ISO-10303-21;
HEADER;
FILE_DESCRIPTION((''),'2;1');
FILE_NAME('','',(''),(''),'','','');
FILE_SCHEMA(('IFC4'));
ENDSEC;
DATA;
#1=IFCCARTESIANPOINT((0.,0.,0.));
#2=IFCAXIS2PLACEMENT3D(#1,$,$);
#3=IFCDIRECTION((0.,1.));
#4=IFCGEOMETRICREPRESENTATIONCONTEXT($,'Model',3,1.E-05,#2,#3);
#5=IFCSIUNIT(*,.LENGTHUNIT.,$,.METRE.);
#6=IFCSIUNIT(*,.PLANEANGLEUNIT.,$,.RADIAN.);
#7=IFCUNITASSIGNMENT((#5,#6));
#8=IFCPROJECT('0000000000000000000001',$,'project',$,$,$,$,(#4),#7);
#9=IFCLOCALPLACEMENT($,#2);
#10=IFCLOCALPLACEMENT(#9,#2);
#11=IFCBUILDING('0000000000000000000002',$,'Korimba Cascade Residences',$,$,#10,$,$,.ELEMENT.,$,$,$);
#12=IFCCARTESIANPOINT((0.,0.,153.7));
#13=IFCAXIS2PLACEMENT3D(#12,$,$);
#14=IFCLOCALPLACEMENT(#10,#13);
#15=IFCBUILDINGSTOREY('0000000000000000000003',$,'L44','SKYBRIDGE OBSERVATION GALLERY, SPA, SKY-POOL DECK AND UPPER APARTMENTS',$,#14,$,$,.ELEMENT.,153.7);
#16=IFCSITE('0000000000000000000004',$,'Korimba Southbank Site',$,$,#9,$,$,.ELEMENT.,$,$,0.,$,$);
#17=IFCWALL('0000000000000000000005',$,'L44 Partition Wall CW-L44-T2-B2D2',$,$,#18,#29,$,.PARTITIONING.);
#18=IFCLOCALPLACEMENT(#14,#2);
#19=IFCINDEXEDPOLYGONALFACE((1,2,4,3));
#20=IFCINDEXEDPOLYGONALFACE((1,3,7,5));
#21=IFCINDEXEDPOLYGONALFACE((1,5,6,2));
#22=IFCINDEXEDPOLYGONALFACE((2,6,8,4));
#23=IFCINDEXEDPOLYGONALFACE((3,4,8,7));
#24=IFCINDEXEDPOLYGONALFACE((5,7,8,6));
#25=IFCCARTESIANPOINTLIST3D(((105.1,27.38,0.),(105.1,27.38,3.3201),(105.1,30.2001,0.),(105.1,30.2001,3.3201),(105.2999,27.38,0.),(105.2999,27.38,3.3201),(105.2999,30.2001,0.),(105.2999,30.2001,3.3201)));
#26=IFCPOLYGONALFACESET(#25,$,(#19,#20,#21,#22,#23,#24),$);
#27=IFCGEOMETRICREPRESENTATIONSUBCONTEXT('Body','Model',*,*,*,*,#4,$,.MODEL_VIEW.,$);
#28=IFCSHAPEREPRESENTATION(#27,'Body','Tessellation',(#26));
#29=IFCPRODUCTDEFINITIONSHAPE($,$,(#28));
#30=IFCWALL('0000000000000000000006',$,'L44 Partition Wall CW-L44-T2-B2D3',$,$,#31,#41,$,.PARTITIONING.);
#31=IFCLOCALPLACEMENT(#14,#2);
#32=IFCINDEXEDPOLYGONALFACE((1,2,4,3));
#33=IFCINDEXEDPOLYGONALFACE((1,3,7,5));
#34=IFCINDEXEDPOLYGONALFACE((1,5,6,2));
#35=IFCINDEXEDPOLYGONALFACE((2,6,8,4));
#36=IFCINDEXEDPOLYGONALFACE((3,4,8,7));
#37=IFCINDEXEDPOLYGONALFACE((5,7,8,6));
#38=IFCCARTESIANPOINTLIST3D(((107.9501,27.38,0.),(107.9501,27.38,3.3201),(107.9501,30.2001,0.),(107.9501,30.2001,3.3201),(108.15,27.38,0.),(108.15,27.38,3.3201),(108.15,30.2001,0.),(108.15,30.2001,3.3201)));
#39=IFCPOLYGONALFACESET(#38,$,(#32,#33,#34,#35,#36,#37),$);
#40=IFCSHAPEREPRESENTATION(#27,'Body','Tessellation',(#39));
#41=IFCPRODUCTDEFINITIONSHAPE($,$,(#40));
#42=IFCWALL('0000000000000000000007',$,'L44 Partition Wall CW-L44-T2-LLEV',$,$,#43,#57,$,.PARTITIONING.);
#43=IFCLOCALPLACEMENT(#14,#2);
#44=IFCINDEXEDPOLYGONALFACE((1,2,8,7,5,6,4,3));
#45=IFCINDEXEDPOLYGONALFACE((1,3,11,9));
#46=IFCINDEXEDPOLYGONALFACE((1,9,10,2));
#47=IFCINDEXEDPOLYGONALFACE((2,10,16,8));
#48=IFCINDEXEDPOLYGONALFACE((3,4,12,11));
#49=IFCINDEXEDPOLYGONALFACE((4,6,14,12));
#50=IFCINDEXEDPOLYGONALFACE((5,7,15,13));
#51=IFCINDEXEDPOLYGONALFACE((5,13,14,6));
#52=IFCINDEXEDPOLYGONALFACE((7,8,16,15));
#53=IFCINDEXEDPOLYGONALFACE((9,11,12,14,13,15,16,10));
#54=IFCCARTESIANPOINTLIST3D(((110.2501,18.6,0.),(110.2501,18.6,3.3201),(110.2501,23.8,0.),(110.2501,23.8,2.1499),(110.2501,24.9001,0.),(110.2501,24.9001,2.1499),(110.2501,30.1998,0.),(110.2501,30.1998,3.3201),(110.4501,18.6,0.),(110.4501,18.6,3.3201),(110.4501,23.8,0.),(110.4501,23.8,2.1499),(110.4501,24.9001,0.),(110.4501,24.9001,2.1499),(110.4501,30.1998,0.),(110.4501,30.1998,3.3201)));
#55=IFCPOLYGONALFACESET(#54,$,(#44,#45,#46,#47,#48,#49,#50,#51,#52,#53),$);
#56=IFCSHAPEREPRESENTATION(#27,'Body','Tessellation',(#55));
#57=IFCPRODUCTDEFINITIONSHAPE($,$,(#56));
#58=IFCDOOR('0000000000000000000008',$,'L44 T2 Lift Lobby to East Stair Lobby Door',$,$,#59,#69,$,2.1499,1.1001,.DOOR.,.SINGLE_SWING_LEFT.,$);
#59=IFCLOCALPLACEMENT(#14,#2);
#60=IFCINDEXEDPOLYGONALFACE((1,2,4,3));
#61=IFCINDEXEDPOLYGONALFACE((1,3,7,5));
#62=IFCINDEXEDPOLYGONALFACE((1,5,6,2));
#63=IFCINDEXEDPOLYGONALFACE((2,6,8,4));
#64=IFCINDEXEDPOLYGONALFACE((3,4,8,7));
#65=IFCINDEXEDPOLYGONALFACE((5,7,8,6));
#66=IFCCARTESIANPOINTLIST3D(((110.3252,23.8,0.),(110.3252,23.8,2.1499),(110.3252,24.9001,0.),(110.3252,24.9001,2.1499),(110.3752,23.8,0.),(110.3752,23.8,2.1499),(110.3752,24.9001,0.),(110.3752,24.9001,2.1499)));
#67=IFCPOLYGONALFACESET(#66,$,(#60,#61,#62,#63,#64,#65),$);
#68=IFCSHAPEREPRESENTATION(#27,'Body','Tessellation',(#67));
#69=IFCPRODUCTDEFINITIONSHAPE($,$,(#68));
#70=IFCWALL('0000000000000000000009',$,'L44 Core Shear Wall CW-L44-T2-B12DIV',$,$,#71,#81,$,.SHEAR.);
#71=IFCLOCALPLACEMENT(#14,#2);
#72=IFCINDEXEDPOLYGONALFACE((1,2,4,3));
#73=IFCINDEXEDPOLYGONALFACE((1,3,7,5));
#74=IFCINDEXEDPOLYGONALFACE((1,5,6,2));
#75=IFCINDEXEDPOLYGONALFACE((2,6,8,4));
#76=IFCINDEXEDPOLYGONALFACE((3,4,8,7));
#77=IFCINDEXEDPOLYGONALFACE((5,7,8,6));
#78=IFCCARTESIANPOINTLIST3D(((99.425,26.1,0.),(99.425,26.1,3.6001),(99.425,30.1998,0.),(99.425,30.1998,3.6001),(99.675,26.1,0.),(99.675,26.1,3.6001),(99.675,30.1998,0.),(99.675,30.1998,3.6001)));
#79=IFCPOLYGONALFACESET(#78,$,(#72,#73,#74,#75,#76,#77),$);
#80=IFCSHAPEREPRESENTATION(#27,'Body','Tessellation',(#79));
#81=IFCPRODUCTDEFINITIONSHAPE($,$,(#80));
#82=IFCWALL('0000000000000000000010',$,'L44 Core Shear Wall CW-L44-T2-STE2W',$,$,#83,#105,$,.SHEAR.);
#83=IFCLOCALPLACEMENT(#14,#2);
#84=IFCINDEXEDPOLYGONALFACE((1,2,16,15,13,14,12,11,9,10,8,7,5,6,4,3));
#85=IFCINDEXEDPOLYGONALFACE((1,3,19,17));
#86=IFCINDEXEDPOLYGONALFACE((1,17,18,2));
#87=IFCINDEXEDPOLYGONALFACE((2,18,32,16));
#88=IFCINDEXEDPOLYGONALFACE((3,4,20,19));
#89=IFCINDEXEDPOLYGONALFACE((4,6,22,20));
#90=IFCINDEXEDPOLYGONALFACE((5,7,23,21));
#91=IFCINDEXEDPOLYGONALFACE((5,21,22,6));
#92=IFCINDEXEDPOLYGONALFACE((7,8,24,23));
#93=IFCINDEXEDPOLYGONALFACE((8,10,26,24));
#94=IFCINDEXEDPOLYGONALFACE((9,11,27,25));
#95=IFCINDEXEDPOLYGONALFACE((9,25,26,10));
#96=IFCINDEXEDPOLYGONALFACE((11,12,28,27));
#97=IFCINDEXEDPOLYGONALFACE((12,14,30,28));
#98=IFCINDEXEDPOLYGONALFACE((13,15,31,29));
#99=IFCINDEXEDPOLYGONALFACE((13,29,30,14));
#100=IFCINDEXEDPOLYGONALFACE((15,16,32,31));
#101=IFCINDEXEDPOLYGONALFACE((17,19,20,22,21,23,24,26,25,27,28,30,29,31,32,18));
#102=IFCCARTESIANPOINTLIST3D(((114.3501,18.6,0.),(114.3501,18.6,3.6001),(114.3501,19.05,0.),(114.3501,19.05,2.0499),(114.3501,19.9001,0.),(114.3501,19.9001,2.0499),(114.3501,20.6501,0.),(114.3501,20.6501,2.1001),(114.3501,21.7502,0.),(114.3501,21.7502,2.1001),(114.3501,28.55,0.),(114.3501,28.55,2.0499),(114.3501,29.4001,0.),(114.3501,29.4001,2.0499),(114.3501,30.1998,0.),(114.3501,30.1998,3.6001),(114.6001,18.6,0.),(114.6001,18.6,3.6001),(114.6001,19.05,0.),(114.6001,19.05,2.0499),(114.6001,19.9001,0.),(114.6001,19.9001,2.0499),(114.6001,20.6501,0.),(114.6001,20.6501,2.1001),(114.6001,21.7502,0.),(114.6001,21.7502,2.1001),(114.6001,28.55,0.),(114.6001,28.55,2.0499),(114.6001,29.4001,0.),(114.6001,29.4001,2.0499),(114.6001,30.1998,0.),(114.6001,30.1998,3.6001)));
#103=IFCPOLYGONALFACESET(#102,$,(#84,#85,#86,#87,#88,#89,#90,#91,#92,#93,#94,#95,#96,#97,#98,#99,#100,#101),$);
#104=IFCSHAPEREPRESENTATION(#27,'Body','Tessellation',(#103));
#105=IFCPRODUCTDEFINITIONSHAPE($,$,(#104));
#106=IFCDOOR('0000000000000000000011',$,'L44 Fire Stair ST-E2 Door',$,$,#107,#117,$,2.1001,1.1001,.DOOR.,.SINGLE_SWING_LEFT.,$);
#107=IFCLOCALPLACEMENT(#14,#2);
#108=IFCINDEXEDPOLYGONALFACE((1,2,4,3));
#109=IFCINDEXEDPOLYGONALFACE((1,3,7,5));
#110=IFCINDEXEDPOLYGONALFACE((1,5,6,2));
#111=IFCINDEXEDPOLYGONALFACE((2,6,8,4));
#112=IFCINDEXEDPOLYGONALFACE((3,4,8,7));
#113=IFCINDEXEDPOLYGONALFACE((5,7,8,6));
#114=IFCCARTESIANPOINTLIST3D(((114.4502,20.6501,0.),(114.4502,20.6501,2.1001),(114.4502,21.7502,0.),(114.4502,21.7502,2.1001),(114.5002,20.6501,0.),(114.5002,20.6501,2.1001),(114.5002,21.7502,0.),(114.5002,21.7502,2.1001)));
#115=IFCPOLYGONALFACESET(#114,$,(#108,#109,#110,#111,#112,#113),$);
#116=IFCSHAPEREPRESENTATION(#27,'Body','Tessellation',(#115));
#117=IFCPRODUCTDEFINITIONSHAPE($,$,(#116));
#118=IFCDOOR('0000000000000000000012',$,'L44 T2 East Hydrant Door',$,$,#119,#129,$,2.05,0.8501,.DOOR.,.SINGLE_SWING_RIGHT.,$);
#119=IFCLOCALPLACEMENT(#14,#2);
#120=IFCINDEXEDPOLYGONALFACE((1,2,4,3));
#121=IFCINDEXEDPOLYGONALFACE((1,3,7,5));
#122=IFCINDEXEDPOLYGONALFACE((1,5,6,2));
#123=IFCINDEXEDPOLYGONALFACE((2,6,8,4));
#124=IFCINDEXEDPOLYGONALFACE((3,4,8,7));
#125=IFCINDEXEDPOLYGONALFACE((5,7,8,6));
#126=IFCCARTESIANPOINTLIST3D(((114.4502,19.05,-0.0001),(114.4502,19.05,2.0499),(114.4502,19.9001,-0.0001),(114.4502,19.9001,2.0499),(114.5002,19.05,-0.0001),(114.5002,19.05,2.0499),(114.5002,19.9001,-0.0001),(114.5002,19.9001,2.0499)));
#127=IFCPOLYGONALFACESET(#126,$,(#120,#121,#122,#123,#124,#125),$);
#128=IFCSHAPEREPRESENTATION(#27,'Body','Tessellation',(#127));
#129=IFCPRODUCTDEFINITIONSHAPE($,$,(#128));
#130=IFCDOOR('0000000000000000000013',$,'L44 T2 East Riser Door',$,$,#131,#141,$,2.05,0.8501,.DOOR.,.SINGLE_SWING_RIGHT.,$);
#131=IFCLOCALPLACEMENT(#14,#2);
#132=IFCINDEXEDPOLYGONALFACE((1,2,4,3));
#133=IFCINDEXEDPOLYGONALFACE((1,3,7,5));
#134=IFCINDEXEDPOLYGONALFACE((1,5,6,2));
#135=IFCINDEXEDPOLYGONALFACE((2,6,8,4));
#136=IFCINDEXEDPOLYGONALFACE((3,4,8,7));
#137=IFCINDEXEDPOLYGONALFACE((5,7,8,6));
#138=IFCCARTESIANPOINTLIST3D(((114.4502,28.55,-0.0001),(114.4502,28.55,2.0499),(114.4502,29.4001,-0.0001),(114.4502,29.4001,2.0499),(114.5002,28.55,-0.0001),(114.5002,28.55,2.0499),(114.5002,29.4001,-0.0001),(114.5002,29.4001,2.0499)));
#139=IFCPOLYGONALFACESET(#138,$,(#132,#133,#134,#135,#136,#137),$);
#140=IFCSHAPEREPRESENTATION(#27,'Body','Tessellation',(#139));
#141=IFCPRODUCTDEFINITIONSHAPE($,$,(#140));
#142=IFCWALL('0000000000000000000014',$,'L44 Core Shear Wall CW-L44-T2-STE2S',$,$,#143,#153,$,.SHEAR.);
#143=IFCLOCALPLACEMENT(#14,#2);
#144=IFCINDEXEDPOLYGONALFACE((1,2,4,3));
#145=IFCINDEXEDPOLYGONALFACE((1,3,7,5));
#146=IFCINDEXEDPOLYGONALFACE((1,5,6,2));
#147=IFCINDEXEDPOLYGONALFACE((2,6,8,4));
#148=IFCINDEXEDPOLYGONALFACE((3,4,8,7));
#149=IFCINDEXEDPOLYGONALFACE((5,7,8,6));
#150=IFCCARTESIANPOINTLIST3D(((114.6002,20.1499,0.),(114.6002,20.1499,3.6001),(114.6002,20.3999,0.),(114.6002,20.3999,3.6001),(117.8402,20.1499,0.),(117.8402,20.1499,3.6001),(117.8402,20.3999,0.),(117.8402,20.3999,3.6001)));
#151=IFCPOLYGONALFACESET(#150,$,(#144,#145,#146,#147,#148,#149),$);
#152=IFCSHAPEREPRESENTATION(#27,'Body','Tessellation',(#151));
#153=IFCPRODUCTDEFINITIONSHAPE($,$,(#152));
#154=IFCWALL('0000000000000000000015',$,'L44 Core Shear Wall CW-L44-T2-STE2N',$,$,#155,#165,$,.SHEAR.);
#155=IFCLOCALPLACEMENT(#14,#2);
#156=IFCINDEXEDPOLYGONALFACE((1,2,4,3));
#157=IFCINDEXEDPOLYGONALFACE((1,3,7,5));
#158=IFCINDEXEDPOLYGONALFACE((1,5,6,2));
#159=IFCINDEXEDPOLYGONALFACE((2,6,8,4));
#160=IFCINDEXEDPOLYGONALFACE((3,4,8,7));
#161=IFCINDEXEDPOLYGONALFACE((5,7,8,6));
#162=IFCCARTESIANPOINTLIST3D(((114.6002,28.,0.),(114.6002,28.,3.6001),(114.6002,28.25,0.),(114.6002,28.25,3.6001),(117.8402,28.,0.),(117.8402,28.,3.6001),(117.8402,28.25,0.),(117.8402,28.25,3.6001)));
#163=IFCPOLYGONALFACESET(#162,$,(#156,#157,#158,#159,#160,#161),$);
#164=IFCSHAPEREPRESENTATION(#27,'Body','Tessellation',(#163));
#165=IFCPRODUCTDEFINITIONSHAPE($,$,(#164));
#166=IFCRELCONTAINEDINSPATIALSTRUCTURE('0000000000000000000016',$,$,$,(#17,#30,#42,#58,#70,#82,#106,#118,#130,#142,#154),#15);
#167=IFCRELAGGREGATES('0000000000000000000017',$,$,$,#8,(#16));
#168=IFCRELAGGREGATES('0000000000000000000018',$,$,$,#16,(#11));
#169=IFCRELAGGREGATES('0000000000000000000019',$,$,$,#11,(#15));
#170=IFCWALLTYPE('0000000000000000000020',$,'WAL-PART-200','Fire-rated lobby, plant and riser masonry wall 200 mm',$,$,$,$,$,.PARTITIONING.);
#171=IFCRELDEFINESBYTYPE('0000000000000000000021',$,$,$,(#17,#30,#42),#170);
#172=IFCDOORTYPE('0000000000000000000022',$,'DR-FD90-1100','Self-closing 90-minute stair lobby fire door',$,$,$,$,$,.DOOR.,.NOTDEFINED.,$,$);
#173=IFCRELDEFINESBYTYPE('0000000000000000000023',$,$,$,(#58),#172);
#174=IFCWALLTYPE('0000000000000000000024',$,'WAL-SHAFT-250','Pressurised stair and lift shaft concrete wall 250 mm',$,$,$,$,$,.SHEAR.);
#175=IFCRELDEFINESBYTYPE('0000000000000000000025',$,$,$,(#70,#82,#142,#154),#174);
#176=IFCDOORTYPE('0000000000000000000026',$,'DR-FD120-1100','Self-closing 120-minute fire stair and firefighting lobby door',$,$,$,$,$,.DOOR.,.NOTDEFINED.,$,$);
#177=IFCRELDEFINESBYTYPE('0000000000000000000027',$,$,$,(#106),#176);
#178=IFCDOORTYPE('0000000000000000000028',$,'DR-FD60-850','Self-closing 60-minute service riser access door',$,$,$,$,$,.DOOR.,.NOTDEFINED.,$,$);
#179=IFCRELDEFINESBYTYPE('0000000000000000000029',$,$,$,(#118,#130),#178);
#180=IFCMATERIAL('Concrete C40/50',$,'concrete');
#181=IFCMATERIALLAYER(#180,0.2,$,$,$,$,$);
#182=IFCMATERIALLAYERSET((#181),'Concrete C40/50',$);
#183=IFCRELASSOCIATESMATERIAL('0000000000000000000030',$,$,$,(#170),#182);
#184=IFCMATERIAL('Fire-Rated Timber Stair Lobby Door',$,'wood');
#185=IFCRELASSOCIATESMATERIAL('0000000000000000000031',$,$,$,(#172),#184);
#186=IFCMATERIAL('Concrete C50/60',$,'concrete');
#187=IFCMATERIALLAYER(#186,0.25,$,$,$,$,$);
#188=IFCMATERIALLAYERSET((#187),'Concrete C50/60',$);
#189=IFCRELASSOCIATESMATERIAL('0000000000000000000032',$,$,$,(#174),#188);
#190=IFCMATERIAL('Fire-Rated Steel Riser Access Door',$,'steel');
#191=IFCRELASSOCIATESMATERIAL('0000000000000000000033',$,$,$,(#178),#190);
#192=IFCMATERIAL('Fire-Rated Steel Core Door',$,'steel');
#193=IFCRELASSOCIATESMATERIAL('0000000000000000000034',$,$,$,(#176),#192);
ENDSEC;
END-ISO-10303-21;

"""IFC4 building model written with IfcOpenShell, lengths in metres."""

from ifc_helpers import new_model, si_unit, direction, frame, frame_2d, origin, place, context, subcontext, project, spatial, rectangle, extrude, material, layer, layer_set, type_object, element, fill, save


model = new_model("IFC4")

# Units and contexts
model_context = context("Model", 3, precision=1e-05, world=origin(), true_north=direction((0.0, 1.0)))
body_context = subcontext(model_context, "Body", "Model", "MODEL_VIEW")
ifc_project = project(units=[si_unit("LENGTHUNIT", "METRE"), si_unit("PLANEANGLEUNIT", "RADIAN")], contexts=[model_context])

# Site, building, storey
site_placement = place(None, origin())
site = spatial("IfcSite", under=ifc_project, at=site_placement, Name="Korimba Southbank Site", CompositionType="ELEMENT", RefElevation=0.0)
building_placement = place(site_placement, origin())
building = spatial("IfcBuilding", under=site, at=building_placement, Name="Korimba Cascade Residences", CompositionType="ELEMENT")
storey_placement = place(building_placement, frame((0.0, 0.0, 153.7)))
storey = spatial("IfcBuildingStorey", under=building, at=storey_placement, Name="L44", Description="SKYBRIDGE OBSERVATION GALLERY, SPA, SKY-POOL DECK AND UPPER APARTMENTS", CompositionType="ELEMENT", Elevation=153.7)

# Walls
ifc_material_1 = material(Name="Concrete C40/50", Category="concrete")
ifc_layer_1 = layer(ifc_material_1, 0.2)
ifc_layer_set_1 = layer_set([ifc_layer_1], Name="Concrete C40/50")
wall_type_1 = type_object("IfcWallType", Name="WAL-PART-200", Description="Fire-rated lobby, plant and riser masonry wall 200 mm", PredefinedType="PARTITIONING", material=ifc_layer_set_1)
for number, where, z_axis, x_axis, name in (
    (1, (105.2, 27.3799, 0.0), (0.0, 0.0, 1.0), (0.0, 1.0, 0.0), "L44 Partition Wall CW-L44-T2-B2D2"),
    (2, (108.05, 27.3799, 0.0), (0.0, 0.0, 1.0), (0.0, 1.0, 0.0), "L44 Partition Wall CW-L44-T2-B2D3"),
):
    element("IfcWall", number, at=place(storey_placement, frame(where, z_axis=z_axis, x_axis=x_axis)), inside=storey, type_object=wall_type_1, Name=name, PredefinedType="PARTITIONING", context=body_context, shape_type="SweptSolid", body=[
        extrude(rectangle(XDim=2.8201, YDim=0.2, at=frame_2d((1.4102, 0.0))), origin(), (0.0, 0.0, 1.0), 3.3201),
    ])

# Wall, opening, door
wall_1_placement = place(storey_placement, frame((110.3501, 18.6001, 0.0), z_axis=(0.0, 0.0, 1.0), x_axis=(0.0, 1.0, 0.0)))
wall_1 = element("IfcWall", 3, at=wall_1_placement, inside=storey, type_object=wall_type_1, Name="L44 Partition Wall CW-L44-T2-LLEV", PredefinedType="PARTITIONING", context=body_context, shape_type="SweptSolid", body=[
    extrude(rectangle(XDim=11.5999, YDim=0.2, at=frame_2d((5.7998, 0.0))), origin(), (0.0, 0.0, 1.0), 3.3201),
])
opening_1_placement = place(wall_1_placement, frame((5.2, 0.0, 0.0)))
opening_1 = element("IfcOpeningElement", 4, at=opening_1_placement, cuts=wall_1, PredefinedType="OPENING", context=body_context, shape_type="SweptSolid", body=[
    extrude(rectangle(XDim=1.1001, YDim=2.1499, at=frame_2d((0.55, 1.075))), frame((0.0, 0.1099, 0.0), z_axis=(0.0, -1.0, 0.0), x_axis=(1.0, 0.0, 0.0)), (0.0, 0.0, 1.0), 0.22),
])
ifc_material_2 = material(Name="Fire-Rated Timber Stair Lobby Door", Category="wood")
door_type_1 = type_object("IfcDoorType", Name="DR-FD90-1100", Description="Self-closing 90-minute stair lobby fire door", OperationType="NOTDEFINED", PredefinedType="DOOR", material=ifc_material_2)
door_1_placement = place(opening_1_placement, origin())
door_1 = element("IfcDoor", 5, at=door_1_placement, inside=storey, type_object=door_type_1, Name="L44 T2 Lift Lobby to East Stair Lobby Door", OperationType="SINGLE_SWING_LEFT", OverallHeight=2.1499, OverallWidth=1.1001, PredefinedType="DOOR", context=body_context, shape_type="SweptSolid", body=[
    extrude(rectangle(XDim=1.1001, YDim=2.1499, at=frame_2d((0.55, 1.075))), frame((0.0, 0.0249, 0.0), z_axis=(0.0, -1.0, 0.0), x_axis=(1.0, 0.0, 0.0)), (0.0, 0.0, 1.0), 0.05),
])
fill(opening_1, door_1)

# Wall
ifc_material_3 = material(Name="Concrete C50/60", Category="concrete")
ifc_layer_2 = layer(ifc_material_3, 0.25)
ifc_layer_set_2 = layer_set([ifc_layer_2], Name="Concrete C50/60")
wall_type_2 = type_object("IfcWallType", Name="WAL-SHAFT-250", Description="Pressurised stair and lift shaft concrete wall 250 mm", PredefinedType="SHEAR", material=ifc_layer_set_2)
wall_2_placement = place(storey_placement, frame((99.55, 26.1001, 0.0), z_axis=(0.0, 0.0, 1.0), x_axis=(0.0, 1.0, 0.0)))
element("IfcWall", 6, at=wall_2_placement, inside=storey, type_object=wall_type_2, Name="L44 Core Shear Wall CW-L44-T2-B12DIV", PredefinedType="SHEAR", context=body_context, shape_type="SweptSolid", body=[
    extrude(rectangle(XDim=4.0999, YDim=0.25, at=frame_2d((2.0498, 0.0))), origin(), (0.0, 0.0, 1.0), 3.6001),
])

# Wall, openings, doors
ifc_material_4 = material(Name="Fire-Rated Steel Riser Access Door", Category="steel")
door_type_2 = type_object("IfcDoorType", Name="DR-FD60-850", Description="Self-closing 60-minute service riser access door", OperationType="NOTDEFINED", PredefinedType="DOOR", material=ifc_material_4)
wall_3_placement = place(storey_placement, frame((114.4751, 18.6001, 0.0), z_axis=(0.0, 0.0, 1.0), x_axis=(0.0, 1.0, 0.0)))
wall_3 = element("IfcWall", 7, at=wall_3_placement, inside=storey, type_object=wall_type_2, Name="L44 Core Shear Wall CW-L44-T2-STE2W", PredefinedType="SHEAR", context=body_context, shape_type="SweptSolid", body=[
    extrude(rectangle(XDim=11.5999, YDim=0.25, at=frame_2d((5.7998, 0.0))), origin(), (0.0, 0.0, 1.0), 3.6001),
])
opening_2_placement = place(wall_3_placement, frame((0.45, 0.0, 0.0)))
opening_2 = element("IfcOpeningElement", 8, at=opening_2_placement, cuts=wall_3, PredefinedType="OPENING", context=body_context, shape_type="SweptSolid", body=[
    extrude(rectangle(XDim=0.8501, YDim=2.05, at=frame_2d((0.425, 1.0249))), frame((0.0, 0.135, 0.0), z_axis=(0.0, -1.0, 0.0), x_axis=(1.0, 0.0, 0.0)), (0.0, 0.0, 1.0), 0.27),
])
opening_3_placement = place(wall_3_placement, frame((2.05, 0.0, 0.0)))
opening_3 = element("IfcOpeningElement", 9, at=opening_3_placement, cuts=wall_3, PredefinedType="OPENING", context=body_context, shape_type="SweptSolid", body=[
    extrude(rectangle(XDim=1.1001, YDim=2.1001, at=frame_2d((0.55, 1.05))), frame((0.0, 0.135, 0.0), z_axis=(0.0, -1.0, 0.0), x_axis=(1.0, 0.0, 0.0)), (0.0, 0.0, 1.0), 0.27),
])
opening_4_placement = place(wall_3_placement, frame((9.95, 0.0, 0.0)))
opening_4 = element("IfcOpeningElement", 10, at=opening_4_placement, cuts=wall_3, PredefinedType="OPENING", context=body_context, shape_type="SweptSolid", body=[
    extrude(rectangle(XDim=0.8501, YDim=2.05, at=frame_2d((0.425, 1.0249))), frame((0.0, 0.135, 0.0), z_axis=(0.0, -1.0, 0.0), x_axis=(1.0, 0.0, 0.0)), (0.0, 0.0, 1.0), 0.27),
])
ifc_material_5 = material(Name="Fire-Rated Steel Core Door", Category="steel")
door_type_3 = type_object("IfcDoorType", Name="DR-FD120-1100", Description="Self-closing 120-minute fire stair and firefighting lobby door", OperationType="NOTDEFINED", PredefinedType="DOOR", material=ifc_material_5)
door_2_placement = place(opening_3_placement, origin())
door_2 = element("IfcDoor", 11, at=door_2_placement, inside=storey, type_object=door_type_3, Name="L44 Fire Stair ST-E2 Door", OperationType="SINGLE_SWING_LEFT", OverallHeight=2.1001, OverallWidth=1.1001, PredefinedType="DOOR", context=body_context, shape_type="SweptSolid", body=[
    extrude(rectangle(XDim=1.1001, YDim=2.1001, at=frame_2d((0.55, 1.05))), frame((0.0, 0.0249, 0.0), z_axis=(0.0, -1.0, 0.0), x_axis=(1.0, 0.0, 0.0)), (0.0, 0.0, 1.0), 0.05),
])
fill(opening_3, door_2)
door_3_placement = place(opening_2_placement, origin())
door_3 = element("IfcDoor", 12, at=door_3_placement, inside=storey, type_object=door_type_2, Name="L44 T2 East Hydrant Door", OperationType="SINGLE_SWING_RIGHT", OverallHeight=2.05, OverallWidth=0.8501, PredefinedType="DOOR", context=body_context, shape_type="SweptSolid", body=[
    extrude(rectangle(XDim=0.8501, YDim=2.05, at=frame_2d((0.425, 1.0249))), frame((0.0, 0.0249, 0.0), z_axis=(0.0, -1.0, 0.0), x_axis=(1.0, 0.0, 0.0)), (0.0, 0.0, 1.0), 0.05),
])
fill(opening_2, door_3)
door_4_placement = place(opening_4_placement, origin())
door_4 = element("IfcDoor", 13, at=door_4_placement, inside=storey, type_object=door_type_2, Name="L44 T2 East Riser Door", OperationType="SINGLE_SWING_RIGHT", OverallHeight=2.05, OverallWidth=0.8501, PredefinedType="DOOR", context=body_context, shape_type="SweptSolid", body=[
    extrude(rectangle(XDim=0.8501, YDim=2.05, at=frame_2d((0.425, 1.0249))), frame((0.0, 0.0249, 0.0), z_axis=(0.0, -1.0, 0.0), x_axis=(1.0, 0.0, 0.0)), (0.0, 0.0, 1.0), 0.05),
])
fill(opening_4, door_4)

# Walls
for number, where, z_axis, x_axis, name in (
    (14, (114.6001, 20.2749, 0.0), (0.0, 0.0, 1.0), (1.0, 0.0, 0.0), "L44 Core Shear Wall CW-L44-T2-STE2S"),
    (15, (114.6001, 28.125, 0.0), (0.0, 0.0, 1.0), (1.0, 0.0, 0.0), "L44 Core Shear Wall CW-L44-T2-STE2N"),
):
    element("IfcWall", number, at=place(storey_placement, frame(where, z_axis=z_axis, x_axis=x_axis)), inside=storey, type_object=wall_type_2, Name=name, PredefinedType="SHEAR", context=body_context, shape_type="SweptSolid", body=[
        extrude(rectangle(XDim=3.24, YDim=0.25, at=frame_2d((1.6201, 0.0))), origin(), (0.0, 0.0, 1.0), 3.6001),
    ])

save(model, "model.ifc")
